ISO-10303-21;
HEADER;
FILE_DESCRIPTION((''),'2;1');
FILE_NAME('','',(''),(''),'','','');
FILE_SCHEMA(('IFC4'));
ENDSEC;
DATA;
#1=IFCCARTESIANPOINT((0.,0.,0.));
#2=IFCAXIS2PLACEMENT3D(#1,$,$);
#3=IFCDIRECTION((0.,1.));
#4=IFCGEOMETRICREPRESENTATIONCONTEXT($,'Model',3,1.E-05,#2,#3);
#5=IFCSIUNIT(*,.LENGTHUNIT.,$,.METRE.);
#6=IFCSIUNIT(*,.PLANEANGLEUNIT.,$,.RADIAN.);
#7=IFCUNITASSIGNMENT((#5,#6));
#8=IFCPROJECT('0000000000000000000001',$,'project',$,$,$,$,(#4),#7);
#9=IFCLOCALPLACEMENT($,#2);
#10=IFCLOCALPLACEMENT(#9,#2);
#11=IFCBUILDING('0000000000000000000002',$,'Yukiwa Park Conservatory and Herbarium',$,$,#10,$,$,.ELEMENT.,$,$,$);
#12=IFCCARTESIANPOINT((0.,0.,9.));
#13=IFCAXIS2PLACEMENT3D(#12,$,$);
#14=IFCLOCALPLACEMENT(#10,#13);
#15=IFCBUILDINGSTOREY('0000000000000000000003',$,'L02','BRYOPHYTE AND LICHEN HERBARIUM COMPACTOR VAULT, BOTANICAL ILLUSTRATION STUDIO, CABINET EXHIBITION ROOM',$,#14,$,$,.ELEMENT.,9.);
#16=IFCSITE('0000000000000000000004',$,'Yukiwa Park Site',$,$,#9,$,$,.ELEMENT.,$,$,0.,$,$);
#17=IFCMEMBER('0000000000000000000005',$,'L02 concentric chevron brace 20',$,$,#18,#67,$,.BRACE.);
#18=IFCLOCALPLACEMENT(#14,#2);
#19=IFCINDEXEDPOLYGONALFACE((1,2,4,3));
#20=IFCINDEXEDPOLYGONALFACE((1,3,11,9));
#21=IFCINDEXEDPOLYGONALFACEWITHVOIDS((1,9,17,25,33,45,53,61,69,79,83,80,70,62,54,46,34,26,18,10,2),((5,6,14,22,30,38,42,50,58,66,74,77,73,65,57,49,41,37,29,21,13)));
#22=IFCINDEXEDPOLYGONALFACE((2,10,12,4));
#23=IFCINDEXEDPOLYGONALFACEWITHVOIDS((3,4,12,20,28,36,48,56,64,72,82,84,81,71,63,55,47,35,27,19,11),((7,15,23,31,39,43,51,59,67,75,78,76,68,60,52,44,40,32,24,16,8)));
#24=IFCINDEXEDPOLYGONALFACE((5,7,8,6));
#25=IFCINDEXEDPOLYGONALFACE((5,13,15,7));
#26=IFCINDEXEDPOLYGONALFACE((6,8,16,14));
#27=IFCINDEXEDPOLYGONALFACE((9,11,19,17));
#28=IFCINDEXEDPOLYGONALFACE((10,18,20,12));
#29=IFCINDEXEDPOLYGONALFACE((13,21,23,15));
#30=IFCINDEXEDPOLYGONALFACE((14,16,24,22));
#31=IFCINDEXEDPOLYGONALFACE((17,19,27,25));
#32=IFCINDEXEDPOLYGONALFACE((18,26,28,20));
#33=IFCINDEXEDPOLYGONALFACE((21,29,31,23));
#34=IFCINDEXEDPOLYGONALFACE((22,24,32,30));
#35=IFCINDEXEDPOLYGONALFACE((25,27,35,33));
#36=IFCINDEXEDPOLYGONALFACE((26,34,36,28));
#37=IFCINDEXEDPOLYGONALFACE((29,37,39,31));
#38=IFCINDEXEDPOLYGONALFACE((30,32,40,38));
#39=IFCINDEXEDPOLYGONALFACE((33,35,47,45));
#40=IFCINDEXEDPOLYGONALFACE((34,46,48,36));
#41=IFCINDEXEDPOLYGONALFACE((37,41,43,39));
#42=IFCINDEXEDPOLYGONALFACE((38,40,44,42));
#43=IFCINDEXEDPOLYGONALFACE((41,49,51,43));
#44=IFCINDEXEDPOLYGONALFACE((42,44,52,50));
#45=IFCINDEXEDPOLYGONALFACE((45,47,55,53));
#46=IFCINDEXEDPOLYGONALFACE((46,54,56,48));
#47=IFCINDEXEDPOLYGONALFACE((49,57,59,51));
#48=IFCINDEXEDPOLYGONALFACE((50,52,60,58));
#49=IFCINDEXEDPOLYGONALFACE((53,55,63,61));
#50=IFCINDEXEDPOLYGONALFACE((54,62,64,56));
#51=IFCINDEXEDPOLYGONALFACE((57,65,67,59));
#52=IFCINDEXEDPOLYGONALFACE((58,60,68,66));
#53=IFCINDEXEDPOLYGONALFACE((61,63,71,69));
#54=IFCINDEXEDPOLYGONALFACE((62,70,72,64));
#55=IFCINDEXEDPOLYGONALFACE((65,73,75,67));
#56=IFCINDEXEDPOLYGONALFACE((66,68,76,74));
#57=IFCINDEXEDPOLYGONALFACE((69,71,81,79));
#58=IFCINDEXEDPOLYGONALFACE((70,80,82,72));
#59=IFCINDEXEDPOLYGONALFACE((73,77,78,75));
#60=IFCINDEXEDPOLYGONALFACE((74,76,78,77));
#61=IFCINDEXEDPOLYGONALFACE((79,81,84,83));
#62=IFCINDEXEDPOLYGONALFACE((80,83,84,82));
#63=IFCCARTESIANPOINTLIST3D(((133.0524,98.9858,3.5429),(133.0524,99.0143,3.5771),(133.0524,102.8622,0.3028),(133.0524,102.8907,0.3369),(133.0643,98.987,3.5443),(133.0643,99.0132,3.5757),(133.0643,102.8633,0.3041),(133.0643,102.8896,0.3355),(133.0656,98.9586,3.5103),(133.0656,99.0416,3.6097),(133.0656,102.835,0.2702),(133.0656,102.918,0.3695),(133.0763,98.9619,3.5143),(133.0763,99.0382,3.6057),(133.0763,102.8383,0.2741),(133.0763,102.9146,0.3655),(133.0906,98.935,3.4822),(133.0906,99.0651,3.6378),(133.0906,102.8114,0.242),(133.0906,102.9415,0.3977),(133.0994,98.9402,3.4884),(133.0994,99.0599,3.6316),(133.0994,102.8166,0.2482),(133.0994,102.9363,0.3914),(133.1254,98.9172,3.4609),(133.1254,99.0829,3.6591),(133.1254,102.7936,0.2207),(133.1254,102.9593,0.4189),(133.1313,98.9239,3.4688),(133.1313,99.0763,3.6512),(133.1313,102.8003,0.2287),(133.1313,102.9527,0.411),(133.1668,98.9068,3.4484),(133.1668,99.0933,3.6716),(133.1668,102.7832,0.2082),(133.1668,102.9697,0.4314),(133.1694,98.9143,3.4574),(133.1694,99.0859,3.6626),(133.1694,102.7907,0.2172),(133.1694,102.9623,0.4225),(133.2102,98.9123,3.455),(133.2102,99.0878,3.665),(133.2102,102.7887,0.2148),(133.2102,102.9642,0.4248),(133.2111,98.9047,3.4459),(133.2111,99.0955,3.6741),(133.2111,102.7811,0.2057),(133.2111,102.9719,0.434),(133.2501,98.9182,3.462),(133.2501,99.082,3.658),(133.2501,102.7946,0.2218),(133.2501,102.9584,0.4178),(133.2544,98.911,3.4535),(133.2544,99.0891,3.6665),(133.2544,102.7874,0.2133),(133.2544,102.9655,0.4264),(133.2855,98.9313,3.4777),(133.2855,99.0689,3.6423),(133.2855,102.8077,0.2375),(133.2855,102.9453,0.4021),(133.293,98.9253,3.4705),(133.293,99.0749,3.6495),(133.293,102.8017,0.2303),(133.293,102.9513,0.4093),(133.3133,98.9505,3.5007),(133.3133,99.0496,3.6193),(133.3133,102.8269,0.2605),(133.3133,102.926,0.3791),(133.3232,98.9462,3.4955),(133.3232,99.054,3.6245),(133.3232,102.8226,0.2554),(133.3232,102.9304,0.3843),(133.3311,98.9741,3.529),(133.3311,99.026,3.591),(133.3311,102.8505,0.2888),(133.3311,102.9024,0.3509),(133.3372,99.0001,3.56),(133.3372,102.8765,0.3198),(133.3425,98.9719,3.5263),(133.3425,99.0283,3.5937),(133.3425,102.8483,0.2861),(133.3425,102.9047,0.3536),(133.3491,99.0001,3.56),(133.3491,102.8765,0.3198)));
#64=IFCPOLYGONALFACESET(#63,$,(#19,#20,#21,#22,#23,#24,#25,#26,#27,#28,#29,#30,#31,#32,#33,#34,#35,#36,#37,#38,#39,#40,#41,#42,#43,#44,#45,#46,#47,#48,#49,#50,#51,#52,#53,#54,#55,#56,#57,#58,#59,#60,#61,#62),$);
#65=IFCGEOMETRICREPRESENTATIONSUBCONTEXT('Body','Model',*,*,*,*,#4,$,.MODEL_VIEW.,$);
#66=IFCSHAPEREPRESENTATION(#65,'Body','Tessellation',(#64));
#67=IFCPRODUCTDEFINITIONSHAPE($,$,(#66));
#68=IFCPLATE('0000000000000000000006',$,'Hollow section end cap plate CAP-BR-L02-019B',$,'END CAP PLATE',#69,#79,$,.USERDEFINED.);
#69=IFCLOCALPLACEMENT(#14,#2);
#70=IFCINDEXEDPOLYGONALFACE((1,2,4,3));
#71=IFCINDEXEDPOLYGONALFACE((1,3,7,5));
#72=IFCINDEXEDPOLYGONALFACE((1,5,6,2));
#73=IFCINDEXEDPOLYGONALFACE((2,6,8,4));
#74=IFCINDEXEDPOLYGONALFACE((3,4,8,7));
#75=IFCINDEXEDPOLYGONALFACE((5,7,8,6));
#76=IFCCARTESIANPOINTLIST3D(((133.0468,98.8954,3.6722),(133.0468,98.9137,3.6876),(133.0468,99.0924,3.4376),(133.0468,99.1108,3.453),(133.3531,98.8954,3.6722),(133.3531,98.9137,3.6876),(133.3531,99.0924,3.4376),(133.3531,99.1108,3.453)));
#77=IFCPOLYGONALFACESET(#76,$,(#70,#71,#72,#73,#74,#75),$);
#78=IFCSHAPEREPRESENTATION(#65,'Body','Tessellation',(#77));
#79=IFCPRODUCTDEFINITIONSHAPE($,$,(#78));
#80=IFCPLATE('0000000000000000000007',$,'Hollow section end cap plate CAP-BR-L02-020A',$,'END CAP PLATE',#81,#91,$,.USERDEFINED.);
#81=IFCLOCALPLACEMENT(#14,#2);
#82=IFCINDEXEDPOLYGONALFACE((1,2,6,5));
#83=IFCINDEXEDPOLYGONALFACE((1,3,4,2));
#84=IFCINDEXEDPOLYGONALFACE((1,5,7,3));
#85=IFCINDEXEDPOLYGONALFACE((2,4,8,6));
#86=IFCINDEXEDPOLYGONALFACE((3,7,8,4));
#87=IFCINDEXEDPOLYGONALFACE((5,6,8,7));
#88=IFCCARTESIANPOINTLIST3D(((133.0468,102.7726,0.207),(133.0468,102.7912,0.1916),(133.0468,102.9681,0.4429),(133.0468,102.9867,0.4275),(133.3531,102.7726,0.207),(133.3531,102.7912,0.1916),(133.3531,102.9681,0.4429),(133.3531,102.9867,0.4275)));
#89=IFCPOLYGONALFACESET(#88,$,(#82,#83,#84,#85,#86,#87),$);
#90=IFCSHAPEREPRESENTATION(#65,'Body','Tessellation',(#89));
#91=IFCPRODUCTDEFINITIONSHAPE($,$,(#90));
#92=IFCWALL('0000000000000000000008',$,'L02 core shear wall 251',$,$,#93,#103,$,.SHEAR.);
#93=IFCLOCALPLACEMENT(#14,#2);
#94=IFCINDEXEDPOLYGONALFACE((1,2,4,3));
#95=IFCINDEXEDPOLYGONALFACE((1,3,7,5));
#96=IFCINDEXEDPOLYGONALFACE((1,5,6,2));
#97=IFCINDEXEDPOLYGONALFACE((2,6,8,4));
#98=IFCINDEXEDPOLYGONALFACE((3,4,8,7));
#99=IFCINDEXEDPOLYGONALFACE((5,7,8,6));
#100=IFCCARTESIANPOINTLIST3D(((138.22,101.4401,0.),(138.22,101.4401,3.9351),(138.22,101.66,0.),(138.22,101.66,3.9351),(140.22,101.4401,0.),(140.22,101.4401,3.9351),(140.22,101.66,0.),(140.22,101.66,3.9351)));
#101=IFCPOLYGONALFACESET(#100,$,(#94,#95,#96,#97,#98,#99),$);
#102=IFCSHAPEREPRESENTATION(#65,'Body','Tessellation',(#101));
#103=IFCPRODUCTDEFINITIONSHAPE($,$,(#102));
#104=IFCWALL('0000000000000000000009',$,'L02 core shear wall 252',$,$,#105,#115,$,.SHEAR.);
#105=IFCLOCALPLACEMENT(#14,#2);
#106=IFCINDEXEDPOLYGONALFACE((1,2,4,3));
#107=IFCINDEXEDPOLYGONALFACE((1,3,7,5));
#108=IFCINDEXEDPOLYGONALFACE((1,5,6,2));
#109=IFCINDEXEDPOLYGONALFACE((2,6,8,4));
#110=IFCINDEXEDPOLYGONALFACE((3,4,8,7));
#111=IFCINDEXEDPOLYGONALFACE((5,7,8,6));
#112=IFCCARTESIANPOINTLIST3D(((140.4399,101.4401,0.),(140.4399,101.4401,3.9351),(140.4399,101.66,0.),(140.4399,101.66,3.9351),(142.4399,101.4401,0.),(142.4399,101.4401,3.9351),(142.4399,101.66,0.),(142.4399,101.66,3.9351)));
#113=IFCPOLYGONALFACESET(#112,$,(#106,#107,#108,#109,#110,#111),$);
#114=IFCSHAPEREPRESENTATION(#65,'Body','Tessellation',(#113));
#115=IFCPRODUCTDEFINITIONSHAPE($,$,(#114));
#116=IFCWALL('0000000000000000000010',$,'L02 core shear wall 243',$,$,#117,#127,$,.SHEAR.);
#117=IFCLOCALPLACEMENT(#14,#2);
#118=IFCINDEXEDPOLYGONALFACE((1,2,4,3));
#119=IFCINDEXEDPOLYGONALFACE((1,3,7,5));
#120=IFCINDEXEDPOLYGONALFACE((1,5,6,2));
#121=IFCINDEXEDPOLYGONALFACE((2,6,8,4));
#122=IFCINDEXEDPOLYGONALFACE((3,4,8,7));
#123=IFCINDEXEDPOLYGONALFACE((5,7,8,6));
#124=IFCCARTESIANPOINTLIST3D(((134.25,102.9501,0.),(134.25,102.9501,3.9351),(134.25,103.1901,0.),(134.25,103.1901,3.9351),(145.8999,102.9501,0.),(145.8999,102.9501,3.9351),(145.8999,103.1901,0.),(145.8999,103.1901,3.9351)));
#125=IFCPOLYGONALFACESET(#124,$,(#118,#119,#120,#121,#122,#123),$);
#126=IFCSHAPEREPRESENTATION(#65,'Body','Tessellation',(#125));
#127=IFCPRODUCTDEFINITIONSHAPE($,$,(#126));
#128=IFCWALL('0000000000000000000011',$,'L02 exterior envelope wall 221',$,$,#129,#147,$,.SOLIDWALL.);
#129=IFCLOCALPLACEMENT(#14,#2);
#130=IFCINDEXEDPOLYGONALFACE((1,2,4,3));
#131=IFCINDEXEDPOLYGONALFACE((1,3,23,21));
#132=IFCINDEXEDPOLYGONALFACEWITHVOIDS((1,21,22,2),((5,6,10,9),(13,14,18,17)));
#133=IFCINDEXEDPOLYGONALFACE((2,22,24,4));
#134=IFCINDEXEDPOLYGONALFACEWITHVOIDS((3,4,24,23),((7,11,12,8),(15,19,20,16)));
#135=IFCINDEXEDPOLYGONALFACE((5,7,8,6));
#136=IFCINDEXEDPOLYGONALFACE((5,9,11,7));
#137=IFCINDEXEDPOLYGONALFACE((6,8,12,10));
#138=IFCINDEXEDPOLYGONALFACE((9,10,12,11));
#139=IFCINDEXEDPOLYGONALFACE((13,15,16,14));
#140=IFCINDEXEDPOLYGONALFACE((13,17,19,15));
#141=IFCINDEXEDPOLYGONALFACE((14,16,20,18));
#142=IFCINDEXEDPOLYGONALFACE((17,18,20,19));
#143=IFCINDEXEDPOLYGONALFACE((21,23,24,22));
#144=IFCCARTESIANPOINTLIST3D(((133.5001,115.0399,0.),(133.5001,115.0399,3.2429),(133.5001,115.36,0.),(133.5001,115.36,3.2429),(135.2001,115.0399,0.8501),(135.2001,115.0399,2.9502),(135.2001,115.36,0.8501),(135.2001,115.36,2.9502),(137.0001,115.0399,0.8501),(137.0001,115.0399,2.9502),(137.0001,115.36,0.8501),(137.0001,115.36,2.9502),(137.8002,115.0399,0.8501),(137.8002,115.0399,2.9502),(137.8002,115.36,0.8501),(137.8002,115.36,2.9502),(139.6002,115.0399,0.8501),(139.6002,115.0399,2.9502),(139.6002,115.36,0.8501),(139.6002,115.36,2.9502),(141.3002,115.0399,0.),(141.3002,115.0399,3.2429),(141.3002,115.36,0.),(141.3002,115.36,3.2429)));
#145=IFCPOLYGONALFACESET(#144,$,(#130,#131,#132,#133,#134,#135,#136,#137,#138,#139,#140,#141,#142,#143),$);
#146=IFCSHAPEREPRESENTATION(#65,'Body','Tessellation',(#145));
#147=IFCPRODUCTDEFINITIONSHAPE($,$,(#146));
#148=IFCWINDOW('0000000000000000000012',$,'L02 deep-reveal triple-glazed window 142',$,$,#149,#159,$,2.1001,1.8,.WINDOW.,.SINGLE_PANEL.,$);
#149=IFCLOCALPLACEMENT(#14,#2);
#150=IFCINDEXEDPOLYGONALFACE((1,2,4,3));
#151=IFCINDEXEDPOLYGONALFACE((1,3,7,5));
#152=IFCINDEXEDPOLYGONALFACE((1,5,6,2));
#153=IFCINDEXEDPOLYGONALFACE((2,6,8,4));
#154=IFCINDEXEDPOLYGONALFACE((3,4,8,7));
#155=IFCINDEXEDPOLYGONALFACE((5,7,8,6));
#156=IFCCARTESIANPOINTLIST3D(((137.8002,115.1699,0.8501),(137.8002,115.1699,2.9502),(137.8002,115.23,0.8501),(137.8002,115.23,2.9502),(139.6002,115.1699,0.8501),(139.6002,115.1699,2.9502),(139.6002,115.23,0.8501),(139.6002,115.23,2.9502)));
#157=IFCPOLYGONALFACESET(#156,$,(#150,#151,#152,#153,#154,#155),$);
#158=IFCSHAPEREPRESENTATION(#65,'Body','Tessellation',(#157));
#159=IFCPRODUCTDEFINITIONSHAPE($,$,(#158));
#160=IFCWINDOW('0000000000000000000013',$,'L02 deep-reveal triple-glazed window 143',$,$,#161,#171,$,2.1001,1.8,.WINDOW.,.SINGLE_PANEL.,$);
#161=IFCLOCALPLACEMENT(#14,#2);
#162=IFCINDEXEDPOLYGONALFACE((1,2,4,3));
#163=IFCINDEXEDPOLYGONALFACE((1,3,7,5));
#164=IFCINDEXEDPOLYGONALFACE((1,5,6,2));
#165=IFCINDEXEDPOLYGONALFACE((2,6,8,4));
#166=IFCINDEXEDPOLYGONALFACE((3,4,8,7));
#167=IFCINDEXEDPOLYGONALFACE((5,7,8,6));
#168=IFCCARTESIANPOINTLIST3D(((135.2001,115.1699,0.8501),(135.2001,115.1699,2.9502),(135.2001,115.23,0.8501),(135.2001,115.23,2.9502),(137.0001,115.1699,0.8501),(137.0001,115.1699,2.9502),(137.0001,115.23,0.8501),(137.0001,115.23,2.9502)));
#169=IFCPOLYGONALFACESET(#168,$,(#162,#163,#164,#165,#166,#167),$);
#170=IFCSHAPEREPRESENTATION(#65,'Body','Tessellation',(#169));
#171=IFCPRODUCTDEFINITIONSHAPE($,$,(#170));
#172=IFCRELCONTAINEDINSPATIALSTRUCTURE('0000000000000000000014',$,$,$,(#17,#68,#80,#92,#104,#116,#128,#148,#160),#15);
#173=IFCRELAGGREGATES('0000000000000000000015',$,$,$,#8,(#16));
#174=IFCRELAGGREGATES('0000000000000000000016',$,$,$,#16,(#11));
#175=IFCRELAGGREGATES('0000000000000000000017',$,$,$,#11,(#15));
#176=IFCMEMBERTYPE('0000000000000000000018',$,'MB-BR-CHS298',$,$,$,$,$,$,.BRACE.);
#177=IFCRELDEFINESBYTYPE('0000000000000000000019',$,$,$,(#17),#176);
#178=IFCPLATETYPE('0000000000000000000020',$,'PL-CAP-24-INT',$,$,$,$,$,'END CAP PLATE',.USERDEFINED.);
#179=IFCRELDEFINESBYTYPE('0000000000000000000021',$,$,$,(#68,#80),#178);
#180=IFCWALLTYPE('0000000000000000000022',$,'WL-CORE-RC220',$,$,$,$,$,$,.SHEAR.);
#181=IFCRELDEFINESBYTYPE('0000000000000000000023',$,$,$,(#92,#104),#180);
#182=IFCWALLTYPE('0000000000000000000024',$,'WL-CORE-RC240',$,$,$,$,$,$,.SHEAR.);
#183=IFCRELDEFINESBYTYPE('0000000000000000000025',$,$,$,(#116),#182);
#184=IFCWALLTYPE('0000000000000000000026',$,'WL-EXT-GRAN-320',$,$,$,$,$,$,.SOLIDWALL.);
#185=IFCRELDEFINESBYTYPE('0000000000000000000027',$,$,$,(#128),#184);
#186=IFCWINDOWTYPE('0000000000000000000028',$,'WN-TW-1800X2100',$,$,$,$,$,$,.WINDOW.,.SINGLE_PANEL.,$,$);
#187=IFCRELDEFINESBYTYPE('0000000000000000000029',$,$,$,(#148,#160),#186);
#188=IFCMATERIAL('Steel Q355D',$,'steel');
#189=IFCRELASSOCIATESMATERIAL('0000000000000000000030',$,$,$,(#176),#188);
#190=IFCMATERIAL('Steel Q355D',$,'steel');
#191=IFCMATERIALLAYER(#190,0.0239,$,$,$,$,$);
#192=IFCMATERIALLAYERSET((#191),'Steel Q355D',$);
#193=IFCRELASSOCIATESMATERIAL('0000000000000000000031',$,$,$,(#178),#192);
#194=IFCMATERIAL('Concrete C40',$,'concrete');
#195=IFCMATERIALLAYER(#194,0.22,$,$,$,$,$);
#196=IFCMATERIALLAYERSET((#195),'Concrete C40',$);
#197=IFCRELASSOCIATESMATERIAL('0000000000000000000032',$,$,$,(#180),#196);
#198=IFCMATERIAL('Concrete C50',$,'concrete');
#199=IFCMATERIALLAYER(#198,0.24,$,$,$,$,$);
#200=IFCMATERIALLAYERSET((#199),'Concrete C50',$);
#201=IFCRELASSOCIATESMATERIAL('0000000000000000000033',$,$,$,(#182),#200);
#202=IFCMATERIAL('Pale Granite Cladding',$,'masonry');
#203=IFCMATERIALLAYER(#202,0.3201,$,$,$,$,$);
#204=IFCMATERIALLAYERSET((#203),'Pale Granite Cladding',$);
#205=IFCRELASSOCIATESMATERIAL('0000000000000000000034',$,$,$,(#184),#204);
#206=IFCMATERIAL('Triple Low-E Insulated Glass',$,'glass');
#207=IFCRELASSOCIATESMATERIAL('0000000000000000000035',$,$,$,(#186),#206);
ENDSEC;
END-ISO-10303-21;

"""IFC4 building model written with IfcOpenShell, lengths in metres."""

from ifc_helpers import new_model, si_unit, direction, frame, frame_2d, origin, origin_2d, place, context, subcontext, project, spatial, rectangle, hollow_circle, extrude, material, layer, layer_set, material_profile, profile_set, type_object, element, fill, save


model = new_model("IFC4")

# Units and contexts
model_context = context("Model", 3, precision=1e-05, world=origin(), true_north=direction((0.0, 1.0)))
body_context = subcontext(model_context, "Body", "Model", "MODEL_VIEW")
ifc_project = project(units=[si_unit("LENGTHUNIT", "METRE"), si_unit("PLANEANGLEUNIT", "RADIAN")], contexts=[model_context])

# Site, building, storey
site_placement = place(None, origin())
site = spatial("IfcSite", under=ifc_project, at=site_placement, Name="Yukiwa Park Site", CompositionType="ELEMENT", RefElevation=0.0)
building_placement = place(site_placement, origin())
building = spatial("IfcBuilding", under=site, at=building_placement, Name="Yukiwa Park Conservatory and Herbarium", CompositionType="ELEMENT")
storey_placement = place(building_placement, frame((0.0, 0.0, 9.0)))
storey = spatial("IfcBuildingStorey", under=building, at=storey_placement, Name="L02", Description="BRYOPHYTE AND LICHEN HERBARIUM COMPACTOR VAULT, BOTANICAL ILLUSTRATION STUDIO, CABINET EXHIBITION ROOM", CompositionType="ELEMENT", Elevation=9.0)

# Member
ifc_material_1 = material(Name="Steel Q355D", Category="steel")
ifc_material_profile_1 = material_profile(ifc_material_1, hollow_circle(Radius=0.1492, WallThickness=0.012, at=origin_2d()), Name="CHS 298.5x12")
ifc_profile_set_1 = profile_set([ifc_material_profile_1], Name="Steel Q355D")
member_type = type_object("IfcMemberType", Name="MB-BR-CHS298", PredefinedType="BRACE", material=ifc_profile_set_1)
member_placement = place(storey_placement, frame((133.2, 102.8765, 0.3198), z_axis=(0.0, -0.767262, 0.641334), x_axis=(1.0, 0.0, 0.0)))
element("IfcMember", 1, at=member_placement, inside=storey, type_object=member_type, Name="L02 concentric chevron brace 20", PredefinedType="BRACE", context=body_context, shape_type="SweptSolid", body=[
    extrude(hollow_circle(Radius=0.1492, WallThickness=0.012, at=origin_2d()), origin(), (0.0, 0.0, 1.0), 5.0522),
])

# Plates
ifc_material_2 = material(Name="Steel Q355D", Category="steel")
ifc_layer_1 = layer(ifc_material_2, 0.0239)
ifc_layer_set_1 = layer_set([ifc_layer_1], Name="Steel Q355D")
plate_type = type_object("IfcPlateType", Name="PL-CAP-24-INT", ElementType="END CAP PLATE", PredefinedType="USERDEFINED", material=ifc_layer_set_1)
plate_1_placement = place(storey_placement, frame((133.2, 98.9939, 3.5549), z_axis=(0.0, 0.765705, 0.643192), x_axis=(-1.0, 0.0, 0.0)))
element("IfcPlate", 2, at=plate_1_placement, inside=storey, type_object=plate_type, Name="Hollow section end cap plate CAP-BR-L02-019B", ObjectType="END CAP PLATE", PredefinedType="USERDEFINED", context=body_context, shape_type="SweptSolid", body=[
    extrude(rectangle(XDim=0.3064, YDim=0.3064, at=origin_2d()), origin(), (0.0, 0.0, 1.0), 0.0239),
])
plate_2_placement = place(storey_placement, frame((133.2, 102.8704, 0.325), z_axis=(0.0, 0.769879, -0.638189), x_axis=(-1.0, 0.0, 0.0)))
element("IfcPlate", 3, at=plate_2_placement, inside=storey, type_object=plate_type, Name="Hollow section end cap plate CAP-BR-L02-020A", ObjectType="END CAP PLATE", PredefinedType="USERDEFINED", context=body_context, shape_type="SweptSolid", body=[
    extrude(rectangle(XDim=0.3064, YDim=0.3064, at=origin_2d()), origin(), (0.0, 0.0, 1.0), 0.0242),
])

# Walls
ifc_material_3 = material(Name="Concrete C40", Category="concrete")
ifc_layer_2 = layer(ifc_material_3, 0.22)
ifc_layer_set_2 = layer_set([ifc_layer_2], Name="Concrete C40")
wall_type_1 = type_object("IfcWallType", Name="WL-CORE-RC220", PredefinedType="SHEAR", material=ifc_layer_set_2)
for number, where, z_axis, x_axis, name in (
    (4, (138.22, 101.55, 0.0), (0.0, 0.0, 1.0), (1.0, 0.0, 0.0), "L02 core shear wall 251"),
    (5, (140.4399, 101.55, 0.0), (0.0, 0.0, 1.0), (1.0, 0.0, 0.0), "L02 core shear wall 252"),
):
    element("IfcWall", number, at=place(storey_placement, frame(where, z_axis=z_axis, x_axis=x_axis)), inside=storey, type_object=wall_type_1, Name=name, PredefinedType="SHEAR", context=body_context, shape_type="SweptSolid", body=[
        extrude(rectangle(XDim=2.0, YDim=0.22, at=frame_2d((1.0, 0.0))), origin(), (0.0, 0.0, 1.0), 3.9351),
    ])
ifc_material_4 = material(Name="Concrete C50", Category="concrete")
ifc_layer_3 = layer(ifc_material_4, 0.24)
ifc_layer_set_3 = layer_set([ifc_layer_3], Name="Concrete C50")
wall_type_2 = type_object("IfcWallType", Name="WL-CORE-RC240", PredefinedType="SHEAR", material=ifc_layer_set_3)
wall_1_placement = place(storey_placement, frame((134.25, 103.0701, 0.0), z_axis=(0.0, 0.0, 1.0), x_axis=(1.0, 0.0, 0.0)))
element("IfcWall", 6, at=wall_1_placement, inside=storey, type_object=wall_type_2, Name="L02 core shear wall 243", PredefinedType="SHEAR", context=body_context, shape_type="SweptSolid", body=[
    extrude(rectangle(XDim=11.6499, YDim=0.24, at=frame_2d((5.825, 0.0))), origin(), (0.0, 0.0, 1.0), 3.9351),
])

# Wall, openings, windows
ifc_material_5 = material(Name="Pale Granite Cladding", Category="masonry")
ifc_layer_4 = layer(ifc_material_5, 0.3201)
ifc_layer_set_4 = layer_set([ifc_layer_4], Name="Pale Granite Cladding")
wall_type_3 = type_object("IfcWallType", Name="WL-EXT-GRAN-320", PredefinedType="SOLIDWALL", material=ifc_layer_set_4)
wall_2_placement = place(storey_placement, frame((141.3, 115.2, 0.0), z_axis=(0.0, 0.0, 1.0), x_axis=(-1.0, 0.0, 0.0)))
wall_2 = element("IfcWall", 7, at=wall_2_placement, inside=storey, type_object=wall_type_3, Name="L02 exterior envelope wall 221", PredefinedType="SOLIDWALL", context=body_context, shape_type="SweptSolid", body=[
    extrude(rectangle(XDim=7.8, YDim=0.3201, at=frame_2d((3.8999, 0.0))), origin(), (0.0, 0.0, 1.0), 3.2429),
])
opening_1_placement = place(wall_2_placement, frame((1.7, 0.0, 0.8501)))
opening_1 = element("IfcOpeningElement", 8, at=opening_1_placement, cuts=wall_2, PredefinedType="OPENING", context=body_context, shape_type="SweptSolid", body=[
    extrude(rectangle(XDim=1.8, YDim=2.1001, at=frame_2d((0.8999, 1.05))), frame((0.0, 0.1699, 0.0), z_axis=(0.0, -1.0, 0.0), x_axis=(1.0, 0.0, 0.0)), (0.0, 0.0, 1.0), 0.3401),
])
opening_2_placement = place(wall_2_placement, frame((4.3, 0.0, 0.8501)))
opening_2 = element("IfcOpeningElement", 9, at=opening_2_placement, cuts=wall_2, PredefinedType="OPENING", context=body_context, shape_type="SweptSolid", body=[
    extrude(rectangle(XDim=1.8, YDim=2.1001, at=frame_2d((0.8999, 1.05))), frame((0.0, 0.1699, 0.0), z_axis=(0.0, -1.0, 0.0), x_axis=(1.0, 0.0, 0.0)), (0.0, 0.0, 1.0), 0.3401),
])
ifc_material_6 = material(Name="Triple Low-E Insulated Glass", Category="glass")
window_type = type_object("IfcWindowType", Name="WN-TW-1800X2100", PartitioningType="SINGLE_PANEL", PredefinedType="WINDOW", material=ifc_material_6)
window_1_placement = place(opening_1_placement, origin())
window_1 = element("IfcWindow", 10, at=window_1_placement, inside=storey, type_object=window_type, Name="L02 deep-reveal triple-glazed window 142", OverallHeight=2.1001, OverallWidth=1.8, PartitioningType="SINGLE_PANEL", PredefinedType="WINDOW", context=body_context, shape_type="SweptSolid", body=[
    extrude(rectangle(XDim=1.8, YDim=2.1001, at=frame_2d((0.8999, 1.05))), frame((0.0, 0.03, 0.0), z_axis=(0.0, -1.0, 0.0), x_axis=(1.0, 0.0, 0.0)), (0.0, 0.0, 1.0), 0.0601),
])
fill(opening_1, window_1)
window_2_placement = place(opening_2_placement, origin())
window_2 = element("IfcWindow", 11, at=window_2_placement, inside=storey, type_object=window_type, Name="L02 deep-reveal triple-glazed window 143", OverallHeight=2.1001, OverallWidth=1.8, PartitioningType="SINGLE_PANEL", PredefinedType="WINDOW", context=body_context, shape_type="SweptSolid", body=[
    extrude(rectangle(XDim=1.8, YDim=2.1001, at=frame_2d((0.8999, 1.05))), frame((0.0, 0.03, 0.0), z_axis=(0.0, -1.0, 0.0), x_axis=(1.0, 0.0, 0.0)), (0.0, 0.0, 1.0), 0.0601),
])
fill(opening_2, window_2)

save(model, "model.ifc")
